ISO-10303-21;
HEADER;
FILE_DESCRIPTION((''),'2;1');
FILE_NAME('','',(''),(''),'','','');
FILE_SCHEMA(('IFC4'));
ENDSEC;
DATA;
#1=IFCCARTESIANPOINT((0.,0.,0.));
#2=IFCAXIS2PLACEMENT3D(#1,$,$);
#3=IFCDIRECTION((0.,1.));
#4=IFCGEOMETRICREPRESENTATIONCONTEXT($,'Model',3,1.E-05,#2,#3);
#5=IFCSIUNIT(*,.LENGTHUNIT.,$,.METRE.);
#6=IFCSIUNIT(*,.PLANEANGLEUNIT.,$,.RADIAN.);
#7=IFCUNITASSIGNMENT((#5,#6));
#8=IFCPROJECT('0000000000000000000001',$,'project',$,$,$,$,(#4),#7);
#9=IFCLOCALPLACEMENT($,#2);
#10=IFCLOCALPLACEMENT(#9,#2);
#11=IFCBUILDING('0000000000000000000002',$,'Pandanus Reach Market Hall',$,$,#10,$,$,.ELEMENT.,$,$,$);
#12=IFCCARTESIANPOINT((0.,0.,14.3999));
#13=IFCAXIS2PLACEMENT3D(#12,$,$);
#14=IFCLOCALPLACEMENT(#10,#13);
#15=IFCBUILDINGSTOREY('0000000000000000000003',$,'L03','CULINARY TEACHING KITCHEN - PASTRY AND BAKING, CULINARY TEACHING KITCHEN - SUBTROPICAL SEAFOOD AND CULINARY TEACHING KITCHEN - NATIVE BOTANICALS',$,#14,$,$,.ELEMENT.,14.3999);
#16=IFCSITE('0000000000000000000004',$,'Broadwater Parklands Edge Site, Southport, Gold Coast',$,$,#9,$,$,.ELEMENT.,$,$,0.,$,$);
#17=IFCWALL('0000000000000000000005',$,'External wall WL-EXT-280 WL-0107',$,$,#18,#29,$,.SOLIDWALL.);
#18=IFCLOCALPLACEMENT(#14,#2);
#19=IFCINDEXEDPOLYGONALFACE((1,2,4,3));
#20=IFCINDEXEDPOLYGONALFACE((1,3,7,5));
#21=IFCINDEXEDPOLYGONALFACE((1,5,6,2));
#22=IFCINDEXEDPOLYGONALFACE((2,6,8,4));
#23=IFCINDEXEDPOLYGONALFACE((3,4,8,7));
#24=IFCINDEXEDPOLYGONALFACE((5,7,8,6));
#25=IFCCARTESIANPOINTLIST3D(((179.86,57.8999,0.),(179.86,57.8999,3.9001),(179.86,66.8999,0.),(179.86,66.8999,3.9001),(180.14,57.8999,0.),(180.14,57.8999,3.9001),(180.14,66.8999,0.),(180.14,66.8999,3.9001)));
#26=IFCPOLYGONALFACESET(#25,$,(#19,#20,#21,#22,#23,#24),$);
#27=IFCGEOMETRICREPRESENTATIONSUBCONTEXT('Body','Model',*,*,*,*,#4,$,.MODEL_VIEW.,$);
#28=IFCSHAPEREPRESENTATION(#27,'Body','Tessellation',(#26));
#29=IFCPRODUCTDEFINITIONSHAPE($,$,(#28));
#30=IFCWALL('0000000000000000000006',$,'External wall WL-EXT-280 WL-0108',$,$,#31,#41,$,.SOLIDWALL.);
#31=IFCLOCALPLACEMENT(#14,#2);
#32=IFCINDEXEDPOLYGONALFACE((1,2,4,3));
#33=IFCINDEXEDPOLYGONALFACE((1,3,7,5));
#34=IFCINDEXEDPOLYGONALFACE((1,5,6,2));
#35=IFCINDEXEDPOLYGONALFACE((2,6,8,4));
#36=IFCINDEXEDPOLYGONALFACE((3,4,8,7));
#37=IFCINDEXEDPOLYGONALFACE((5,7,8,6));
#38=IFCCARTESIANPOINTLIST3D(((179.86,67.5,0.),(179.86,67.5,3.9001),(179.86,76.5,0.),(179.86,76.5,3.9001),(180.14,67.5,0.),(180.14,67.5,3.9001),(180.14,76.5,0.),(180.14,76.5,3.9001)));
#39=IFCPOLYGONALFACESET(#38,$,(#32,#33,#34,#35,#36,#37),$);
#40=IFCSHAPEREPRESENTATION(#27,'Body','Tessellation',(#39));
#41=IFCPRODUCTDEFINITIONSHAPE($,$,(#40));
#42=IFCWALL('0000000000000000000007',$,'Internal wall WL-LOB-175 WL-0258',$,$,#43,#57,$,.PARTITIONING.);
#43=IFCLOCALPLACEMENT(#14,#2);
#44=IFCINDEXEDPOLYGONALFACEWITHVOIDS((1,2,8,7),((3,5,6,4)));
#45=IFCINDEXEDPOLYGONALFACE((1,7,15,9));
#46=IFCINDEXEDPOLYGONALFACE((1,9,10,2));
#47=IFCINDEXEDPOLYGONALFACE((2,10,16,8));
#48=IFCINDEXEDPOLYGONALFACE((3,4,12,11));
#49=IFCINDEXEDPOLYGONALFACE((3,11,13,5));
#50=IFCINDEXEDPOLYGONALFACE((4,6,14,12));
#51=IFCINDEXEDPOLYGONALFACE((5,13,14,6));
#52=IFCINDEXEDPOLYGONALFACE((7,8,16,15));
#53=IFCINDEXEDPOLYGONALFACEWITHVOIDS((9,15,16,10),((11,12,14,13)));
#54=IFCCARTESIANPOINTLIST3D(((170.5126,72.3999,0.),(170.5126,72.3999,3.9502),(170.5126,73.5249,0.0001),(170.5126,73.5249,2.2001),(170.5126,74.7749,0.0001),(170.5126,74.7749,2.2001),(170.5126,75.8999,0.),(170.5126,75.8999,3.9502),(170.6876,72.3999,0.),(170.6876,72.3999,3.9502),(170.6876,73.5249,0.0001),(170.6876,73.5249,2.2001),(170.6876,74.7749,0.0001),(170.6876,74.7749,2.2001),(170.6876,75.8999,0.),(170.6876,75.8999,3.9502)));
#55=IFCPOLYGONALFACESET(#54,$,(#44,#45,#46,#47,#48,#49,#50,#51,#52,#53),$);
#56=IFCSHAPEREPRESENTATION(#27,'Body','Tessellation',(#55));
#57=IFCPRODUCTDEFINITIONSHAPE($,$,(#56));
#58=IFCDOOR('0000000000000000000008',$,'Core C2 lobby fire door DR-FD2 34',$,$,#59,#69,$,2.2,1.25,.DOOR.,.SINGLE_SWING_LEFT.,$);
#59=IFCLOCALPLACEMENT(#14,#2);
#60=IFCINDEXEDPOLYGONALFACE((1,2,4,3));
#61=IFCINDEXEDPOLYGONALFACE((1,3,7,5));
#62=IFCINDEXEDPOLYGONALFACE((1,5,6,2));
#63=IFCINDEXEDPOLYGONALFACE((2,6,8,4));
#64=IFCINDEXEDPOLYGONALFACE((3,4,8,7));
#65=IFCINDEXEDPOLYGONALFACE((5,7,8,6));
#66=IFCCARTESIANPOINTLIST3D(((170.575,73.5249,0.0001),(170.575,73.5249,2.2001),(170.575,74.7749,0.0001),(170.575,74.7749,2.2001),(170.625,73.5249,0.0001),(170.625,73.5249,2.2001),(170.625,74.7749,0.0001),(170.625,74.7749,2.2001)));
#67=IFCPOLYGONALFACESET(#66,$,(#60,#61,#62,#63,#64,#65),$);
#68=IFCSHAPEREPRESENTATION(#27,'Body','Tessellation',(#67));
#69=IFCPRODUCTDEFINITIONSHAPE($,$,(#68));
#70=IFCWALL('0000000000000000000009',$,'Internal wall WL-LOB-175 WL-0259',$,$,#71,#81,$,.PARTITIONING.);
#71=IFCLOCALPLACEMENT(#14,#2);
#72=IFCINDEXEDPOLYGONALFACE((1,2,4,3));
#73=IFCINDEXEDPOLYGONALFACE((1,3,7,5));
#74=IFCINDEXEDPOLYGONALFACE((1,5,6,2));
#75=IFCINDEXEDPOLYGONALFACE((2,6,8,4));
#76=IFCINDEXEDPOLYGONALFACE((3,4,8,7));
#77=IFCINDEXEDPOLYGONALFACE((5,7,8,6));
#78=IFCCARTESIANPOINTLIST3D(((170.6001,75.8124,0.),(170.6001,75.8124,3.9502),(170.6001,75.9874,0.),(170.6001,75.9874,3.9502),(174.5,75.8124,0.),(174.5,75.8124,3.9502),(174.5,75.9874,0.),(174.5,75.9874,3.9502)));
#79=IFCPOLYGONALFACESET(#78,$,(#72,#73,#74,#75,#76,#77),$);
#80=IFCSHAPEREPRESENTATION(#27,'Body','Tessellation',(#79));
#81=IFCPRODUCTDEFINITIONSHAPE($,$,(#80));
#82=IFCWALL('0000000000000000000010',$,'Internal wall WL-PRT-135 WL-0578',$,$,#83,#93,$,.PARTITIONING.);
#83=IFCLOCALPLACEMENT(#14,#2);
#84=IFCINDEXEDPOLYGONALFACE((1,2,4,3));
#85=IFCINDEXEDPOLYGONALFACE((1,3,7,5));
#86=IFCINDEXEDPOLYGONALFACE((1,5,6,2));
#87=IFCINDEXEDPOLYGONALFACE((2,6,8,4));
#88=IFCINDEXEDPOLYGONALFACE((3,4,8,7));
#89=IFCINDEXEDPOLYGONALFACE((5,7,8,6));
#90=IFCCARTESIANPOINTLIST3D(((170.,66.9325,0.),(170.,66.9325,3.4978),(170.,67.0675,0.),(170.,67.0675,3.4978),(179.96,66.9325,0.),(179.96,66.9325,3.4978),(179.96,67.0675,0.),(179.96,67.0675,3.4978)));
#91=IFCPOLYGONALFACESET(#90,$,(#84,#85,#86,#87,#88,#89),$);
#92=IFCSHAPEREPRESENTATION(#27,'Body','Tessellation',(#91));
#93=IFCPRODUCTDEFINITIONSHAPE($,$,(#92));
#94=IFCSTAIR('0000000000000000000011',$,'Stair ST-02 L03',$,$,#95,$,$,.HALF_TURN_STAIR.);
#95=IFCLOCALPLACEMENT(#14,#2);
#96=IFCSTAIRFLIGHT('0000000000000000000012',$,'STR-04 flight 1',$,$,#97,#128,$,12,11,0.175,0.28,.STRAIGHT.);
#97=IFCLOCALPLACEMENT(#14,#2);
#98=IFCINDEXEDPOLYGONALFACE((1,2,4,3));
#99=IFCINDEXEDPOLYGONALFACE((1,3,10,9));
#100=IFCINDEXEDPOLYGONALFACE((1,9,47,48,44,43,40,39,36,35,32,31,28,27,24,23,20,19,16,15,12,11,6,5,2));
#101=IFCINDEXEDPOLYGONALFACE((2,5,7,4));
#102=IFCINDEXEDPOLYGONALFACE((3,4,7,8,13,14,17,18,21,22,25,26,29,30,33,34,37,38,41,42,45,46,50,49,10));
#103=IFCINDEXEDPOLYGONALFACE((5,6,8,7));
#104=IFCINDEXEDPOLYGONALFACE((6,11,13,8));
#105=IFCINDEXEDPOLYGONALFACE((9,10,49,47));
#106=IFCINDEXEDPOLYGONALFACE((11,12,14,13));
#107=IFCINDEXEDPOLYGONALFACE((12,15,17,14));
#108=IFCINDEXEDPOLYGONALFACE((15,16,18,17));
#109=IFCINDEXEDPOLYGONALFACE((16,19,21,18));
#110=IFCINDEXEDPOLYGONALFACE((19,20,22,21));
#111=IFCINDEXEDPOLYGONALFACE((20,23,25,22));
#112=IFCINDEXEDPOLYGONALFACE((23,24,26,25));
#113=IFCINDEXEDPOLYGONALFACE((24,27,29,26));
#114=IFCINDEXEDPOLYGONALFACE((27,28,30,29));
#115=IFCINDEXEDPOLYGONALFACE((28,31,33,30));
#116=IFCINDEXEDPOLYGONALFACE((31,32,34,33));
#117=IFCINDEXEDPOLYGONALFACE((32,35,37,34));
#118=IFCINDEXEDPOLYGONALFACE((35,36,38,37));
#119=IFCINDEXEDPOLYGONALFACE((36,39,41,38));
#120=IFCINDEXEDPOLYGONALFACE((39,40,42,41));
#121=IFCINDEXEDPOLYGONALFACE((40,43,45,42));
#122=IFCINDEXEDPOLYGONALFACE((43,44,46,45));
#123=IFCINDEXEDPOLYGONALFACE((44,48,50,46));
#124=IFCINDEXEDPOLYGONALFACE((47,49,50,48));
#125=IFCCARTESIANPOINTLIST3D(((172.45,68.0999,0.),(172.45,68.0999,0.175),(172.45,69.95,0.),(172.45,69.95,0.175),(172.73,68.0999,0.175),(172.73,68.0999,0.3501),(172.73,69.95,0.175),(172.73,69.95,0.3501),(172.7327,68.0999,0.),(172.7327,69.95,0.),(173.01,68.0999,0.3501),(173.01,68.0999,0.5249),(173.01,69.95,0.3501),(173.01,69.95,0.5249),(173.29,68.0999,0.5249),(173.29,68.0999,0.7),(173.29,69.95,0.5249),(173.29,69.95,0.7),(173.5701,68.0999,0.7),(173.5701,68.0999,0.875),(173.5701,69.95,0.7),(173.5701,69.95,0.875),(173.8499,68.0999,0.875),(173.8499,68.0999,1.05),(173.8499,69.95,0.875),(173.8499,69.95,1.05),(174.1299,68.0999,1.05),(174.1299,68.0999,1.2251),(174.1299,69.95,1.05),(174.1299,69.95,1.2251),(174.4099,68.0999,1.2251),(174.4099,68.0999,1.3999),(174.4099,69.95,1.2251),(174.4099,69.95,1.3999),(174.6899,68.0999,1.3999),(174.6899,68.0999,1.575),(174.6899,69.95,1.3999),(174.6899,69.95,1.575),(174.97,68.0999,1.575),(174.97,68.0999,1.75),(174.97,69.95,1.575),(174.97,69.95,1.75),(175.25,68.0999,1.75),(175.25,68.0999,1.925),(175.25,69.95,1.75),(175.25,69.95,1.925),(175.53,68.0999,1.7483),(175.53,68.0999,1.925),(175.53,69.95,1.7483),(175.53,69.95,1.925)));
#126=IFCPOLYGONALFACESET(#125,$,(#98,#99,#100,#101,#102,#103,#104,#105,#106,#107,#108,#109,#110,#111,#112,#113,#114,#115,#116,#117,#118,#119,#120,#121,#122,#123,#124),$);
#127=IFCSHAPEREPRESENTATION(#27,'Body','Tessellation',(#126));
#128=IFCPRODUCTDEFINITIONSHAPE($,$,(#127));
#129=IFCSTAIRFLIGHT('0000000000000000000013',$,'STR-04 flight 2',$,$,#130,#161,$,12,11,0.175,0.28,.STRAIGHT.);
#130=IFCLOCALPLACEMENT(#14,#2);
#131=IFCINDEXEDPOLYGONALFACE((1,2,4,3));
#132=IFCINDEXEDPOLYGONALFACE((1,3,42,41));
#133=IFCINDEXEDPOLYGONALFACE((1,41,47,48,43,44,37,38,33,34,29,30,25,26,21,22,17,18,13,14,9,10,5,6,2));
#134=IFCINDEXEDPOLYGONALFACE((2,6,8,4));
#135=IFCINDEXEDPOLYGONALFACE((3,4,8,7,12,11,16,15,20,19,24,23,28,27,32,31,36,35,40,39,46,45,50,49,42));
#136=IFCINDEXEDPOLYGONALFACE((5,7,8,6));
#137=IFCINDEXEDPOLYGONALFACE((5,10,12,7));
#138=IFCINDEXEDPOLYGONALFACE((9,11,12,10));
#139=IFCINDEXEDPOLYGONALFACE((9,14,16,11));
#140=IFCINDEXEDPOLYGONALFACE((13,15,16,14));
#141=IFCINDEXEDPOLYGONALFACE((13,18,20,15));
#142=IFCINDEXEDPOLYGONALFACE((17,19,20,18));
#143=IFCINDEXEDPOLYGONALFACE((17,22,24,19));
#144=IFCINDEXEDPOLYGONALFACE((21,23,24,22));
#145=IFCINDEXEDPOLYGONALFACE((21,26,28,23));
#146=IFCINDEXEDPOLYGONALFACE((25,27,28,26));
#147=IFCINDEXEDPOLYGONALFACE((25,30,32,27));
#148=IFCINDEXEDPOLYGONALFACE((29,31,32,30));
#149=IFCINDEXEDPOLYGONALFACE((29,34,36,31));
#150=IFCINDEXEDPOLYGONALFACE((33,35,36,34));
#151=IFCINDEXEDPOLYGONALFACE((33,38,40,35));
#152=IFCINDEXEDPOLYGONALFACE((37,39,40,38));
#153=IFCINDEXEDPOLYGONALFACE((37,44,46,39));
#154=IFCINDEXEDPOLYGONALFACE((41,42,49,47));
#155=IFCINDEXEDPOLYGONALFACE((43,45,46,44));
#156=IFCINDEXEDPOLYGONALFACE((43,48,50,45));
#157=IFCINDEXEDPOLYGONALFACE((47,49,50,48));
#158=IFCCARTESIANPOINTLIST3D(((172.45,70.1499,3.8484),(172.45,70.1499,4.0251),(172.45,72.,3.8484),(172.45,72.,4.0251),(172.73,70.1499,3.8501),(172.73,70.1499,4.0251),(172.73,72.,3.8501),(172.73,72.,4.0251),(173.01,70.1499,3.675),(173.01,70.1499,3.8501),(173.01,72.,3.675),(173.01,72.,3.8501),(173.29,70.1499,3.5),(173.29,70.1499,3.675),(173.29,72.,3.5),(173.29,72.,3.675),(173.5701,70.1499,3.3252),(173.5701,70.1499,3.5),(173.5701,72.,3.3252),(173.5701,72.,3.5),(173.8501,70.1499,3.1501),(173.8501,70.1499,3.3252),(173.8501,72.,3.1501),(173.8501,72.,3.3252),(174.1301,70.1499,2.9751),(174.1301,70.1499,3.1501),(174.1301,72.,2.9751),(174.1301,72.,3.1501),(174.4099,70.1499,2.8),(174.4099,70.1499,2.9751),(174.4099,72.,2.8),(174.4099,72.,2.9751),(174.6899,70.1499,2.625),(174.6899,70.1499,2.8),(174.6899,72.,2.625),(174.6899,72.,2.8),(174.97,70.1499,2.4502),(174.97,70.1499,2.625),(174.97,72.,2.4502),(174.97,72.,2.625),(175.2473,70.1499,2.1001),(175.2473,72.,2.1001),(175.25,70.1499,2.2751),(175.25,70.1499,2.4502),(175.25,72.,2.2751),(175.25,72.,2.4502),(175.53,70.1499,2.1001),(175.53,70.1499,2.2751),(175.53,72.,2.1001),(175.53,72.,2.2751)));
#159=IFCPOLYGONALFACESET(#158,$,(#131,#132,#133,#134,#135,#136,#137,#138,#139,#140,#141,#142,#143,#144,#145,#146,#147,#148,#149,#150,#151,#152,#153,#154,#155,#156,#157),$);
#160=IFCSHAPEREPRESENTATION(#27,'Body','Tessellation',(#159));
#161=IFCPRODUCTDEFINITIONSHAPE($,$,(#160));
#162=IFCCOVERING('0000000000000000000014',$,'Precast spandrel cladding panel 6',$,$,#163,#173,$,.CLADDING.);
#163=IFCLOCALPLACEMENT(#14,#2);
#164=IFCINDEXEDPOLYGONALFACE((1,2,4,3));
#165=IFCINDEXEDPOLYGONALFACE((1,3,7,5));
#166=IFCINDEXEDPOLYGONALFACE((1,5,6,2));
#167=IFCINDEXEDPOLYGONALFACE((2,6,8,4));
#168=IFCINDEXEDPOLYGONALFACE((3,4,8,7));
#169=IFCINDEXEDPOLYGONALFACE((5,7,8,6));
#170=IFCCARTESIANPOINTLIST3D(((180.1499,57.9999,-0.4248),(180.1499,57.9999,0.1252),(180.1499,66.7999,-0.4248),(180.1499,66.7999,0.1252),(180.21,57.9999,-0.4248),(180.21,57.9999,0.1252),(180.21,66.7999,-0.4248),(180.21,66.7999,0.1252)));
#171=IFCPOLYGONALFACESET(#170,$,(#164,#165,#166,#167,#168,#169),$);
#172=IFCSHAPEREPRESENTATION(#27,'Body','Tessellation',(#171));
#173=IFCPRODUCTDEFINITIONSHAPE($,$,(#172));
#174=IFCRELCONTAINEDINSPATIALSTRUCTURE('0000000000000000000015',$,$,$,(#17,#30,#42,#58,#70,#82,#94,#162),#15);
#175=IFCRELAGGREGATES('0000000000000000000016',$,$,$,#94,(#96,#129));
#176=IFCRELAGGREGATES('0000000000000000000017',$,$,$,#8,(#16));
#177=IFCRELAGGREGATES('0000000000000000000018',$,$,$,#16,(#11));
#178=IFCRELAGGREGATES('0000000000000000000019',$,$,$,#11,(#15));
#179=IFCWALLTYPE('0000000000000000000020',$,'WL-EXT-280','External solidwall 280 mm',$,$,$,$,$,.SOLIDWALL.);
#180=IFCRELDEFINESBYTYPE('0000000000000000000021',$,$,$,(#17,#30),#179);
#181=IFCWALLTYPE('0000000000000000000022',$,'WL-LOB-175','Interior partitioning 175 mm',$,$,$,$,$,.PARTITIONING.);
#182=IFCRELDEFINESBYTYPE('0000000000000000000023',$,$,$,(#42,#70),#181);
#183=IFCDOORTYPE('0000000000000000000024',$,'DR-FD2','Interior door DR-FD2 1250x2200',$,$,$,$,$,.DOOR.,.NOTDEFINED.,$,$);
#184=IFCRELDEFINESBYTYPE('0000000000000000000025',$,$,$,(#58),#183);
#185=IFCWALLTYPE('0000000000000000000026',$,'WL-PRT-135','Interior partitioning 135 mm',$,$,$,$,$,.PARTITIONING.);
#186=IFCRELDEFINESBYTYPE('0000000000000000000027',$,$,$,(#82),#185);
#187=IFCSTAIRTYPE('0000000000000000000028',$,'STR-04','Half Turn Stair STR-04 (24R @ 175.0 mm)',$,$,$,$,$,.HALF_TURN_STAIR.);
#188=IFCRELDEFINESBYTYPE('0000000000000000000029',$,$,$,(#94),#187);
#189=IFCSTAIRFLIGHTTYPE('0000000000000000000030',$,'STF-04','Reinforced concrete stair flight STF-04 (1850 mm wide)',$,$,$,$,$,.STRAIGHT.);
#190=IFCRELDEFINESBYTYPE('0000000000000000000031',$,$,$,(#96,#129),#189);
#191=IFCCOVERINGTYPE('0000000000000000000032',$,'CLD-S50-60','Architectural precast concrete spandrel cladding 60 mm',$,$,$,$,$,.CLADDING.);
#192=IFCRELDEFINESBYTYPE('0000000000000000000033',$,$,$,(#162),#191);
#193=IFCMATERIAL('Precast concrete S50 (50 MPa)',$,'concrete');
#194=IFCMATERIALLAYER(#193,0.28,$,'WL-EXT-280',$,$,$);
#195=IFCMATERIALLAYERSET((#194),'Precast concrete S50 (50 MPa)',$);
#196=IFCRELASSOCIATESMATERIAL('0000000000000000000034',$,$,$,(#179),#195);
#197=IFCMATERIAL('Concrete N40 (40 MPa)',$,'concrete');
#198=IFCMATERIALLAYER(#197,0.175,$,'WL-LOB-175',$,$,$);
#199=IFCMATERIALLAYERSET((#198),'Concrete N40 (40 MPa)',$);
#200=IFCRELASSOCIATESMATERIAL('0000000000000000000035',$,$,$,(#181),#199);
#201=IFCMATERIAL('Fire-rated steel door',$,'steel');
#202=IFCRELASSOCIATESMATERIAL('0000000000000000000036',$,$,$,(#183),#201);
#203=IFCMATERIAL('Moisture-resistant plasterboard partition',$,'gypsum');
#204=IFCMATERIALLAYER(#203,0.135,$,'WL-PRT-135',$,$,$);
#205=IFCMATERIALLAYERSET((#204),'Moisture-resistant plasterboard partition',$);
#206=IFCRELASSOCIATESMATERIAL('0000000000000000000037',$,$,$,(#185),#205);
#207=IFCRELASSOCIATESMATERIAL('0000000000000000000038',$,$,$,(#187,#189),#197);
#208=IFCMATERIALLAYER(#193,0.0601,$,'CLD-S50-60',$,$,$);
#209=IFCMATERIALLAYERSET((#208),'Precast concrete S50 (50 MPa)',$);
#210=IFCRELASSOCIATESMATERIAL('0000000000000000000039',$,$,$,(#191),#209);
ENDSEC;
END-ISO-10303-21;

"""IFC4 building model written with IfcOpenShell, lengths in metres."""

from ifc_helpers import new_model, si_unit, direction, frame, frame_2d, origin, origin_2d, place, context, subcontext, project, spatial, polyline, rectangle, outline, extrude, material, layer, layer_set, type_object, element, fill, aggregate, save


model = new_model("IFC4")

# Units and contexts
model_context = context("Model", 3, precision=1e-05, world=origin(), true_north=direction((0.0, 1.0)))
body_context = subcontext(model_context, "Body", "Model", "MODEL_VIEW")
ifc_project = project(units=[si_unit("LENGTHUNIT", "METRE"), si_unit("PLANEANGLEUNIT", "RADIAN")], contexts=[model_context])

# Site, building, storey
site_placement = place(None, origin())
site = spatial("IfcSite", under=ifc_project, at=site_placement, Name="Broadwater Parklands Edge Site, Southport, Gold Coast", CompositionType="ELEMENT", RefElevation=0.0)
building_placement = place(site_placement, origin())
building = spatial("IfcBuilding", under=site, at=building_placement, Name="Pandanus Reach Market Hall", CompositionType="ELEMENT")
storey_placement = place(building_placement, frame((0.0, 0.0, 14.3999)))
storey = spatial("IfcBuildingStorey", under=building, at=storey_placement, Name="L03", Description="CULINARY TEACHING KITCHEN - PASTRY AND BAKING, CULINARY TEACHING KITCHEN - SUBTROPICAL SEAFOOD AND CULINARY TEACHING KITCHEN - NATIVE BOTANICALS", CompositionType="ELEMENT", Elevation=14.3999)

# Shared definitions
ifc_material_1 = material(Name="Concrete N40 (40 MPa)", Category="concrete")

# Shared definitions
ifc_material_2 = material(Name="Fire-rated steel door", Category="steel")

# Walls
ifc_material_3 = material(Name="Precast concrete S50 (50 MPa)", Category="concrete")
ifc_layer_1 = layer(ifc_material_3, 0.28, Name="WL-EXT-280")
ifc_layer_set_1 = layer_set([ifc_layer_1], Name="Precast concrete S50 (50 MPa)")
wall_type_1 = type_object("IfcWallType", Name="WL-EXT-280", Description="External solidwall 280 mm", PredefinedType="SOLIDWALL", material=ifc_layer_set_1)
for number, where, z_axis, x_axis, name in (
    (1, (180.0, 57.8999, 0.0), (0.0, 0.0, 1.0), (0.0, 1.0, 0.0), "External wall WL-EXT-280 WL-0107"),
    (2, (180.0, 67.5, 0.0), (0.0, 0.0, 1.0), (0.0, 1.0, 0.0), "External wall WL-EXT-280 WL-0108"),
):
    element("IfcWall", number, at=place(storey_placement, frame(where, z_axis=z_axis, x_axis=x_axis)), inside=storey, type_object=wall_type_1, Name=name, PredefinedType="SOLIDWALL", context=body_context, shape_type="SweptSolid", body=[
        extrude(rectangle(XDim=9.0, YDim=0.28, at=frame_2d((4.5, 0.0))), origin(), (0.0, 0.0, 1.0), 3.9001),
    ])

# Wall, opening, door
ifc_layer_2 = layer(ifc_material_1, 0.175, Name="WL-LOB-175")
ifc_layer_set_2 = layer_set([ifc_layer_2], Name="Concrete N40 (40 MPa)")
wall_type_2 = type_object("IfcWallType", Name="WL-LOB-175", Description="Interior partitioning 175 mm", PredefinedType="PARTITIONING", material=ifc_layer_set_2)
wall_1_placement = place(storey_placement, frame((170.6001, 72.3999, 0.0), z_axis=(0.0, 0.0, 1.0), x_axis=(0.0, 1.0, 0.0)))
wall_1 = element("IfcWall", 3, at=wall_1_placement, inside=storey, type_object=wall_type_2, Name="Internal wall WL-LOB-175 WL-0258", PredefinedType="PARTITIONING", context=body_context, shape_type="SweptSolid", body=[
    extrude(rectangle(XDim=3.5, YDim=0.175, at=frame_2d((1.75, 0.0))), origin(), (0.0, 0.0, 1.0), 3.9502),
])
opening_1_placement = place(wall_1_placement, frame((1.125, 0.0, 0.0)))
opening_1 = element("IfcOpeningElement", 4, at=opening_1_placement, cuts=wall_1, PredefinedType="OPENING", context=body_context, shape_type="SweptSolid", body=[
    extrude(rectangle(XDim=1.25, YDim=2.2, at=frame_2d((0.625, 1.1001))), frame((0.0, 0.1025, 0.0), z_axis=(0.0, -1.0, 0.0), x_axis=(1.0, 0.0, 0.0)), (0.0, 0.0, 1.0), 0.2051),
])
door_type_1 = type_object("IfcDoorType", Name="DR-FD2", Description="Interior door DR-FD2 1250x2200", OperationType="NOTDEFINED", PredefinedType="DOOR", material=ifc_material_2)
door_1_placement = place(opening_1_placement, frame((1.25, 0.0, 0.0), z_axis=(0.0, 0.0, 1.0), x_axis=(-1.0, 0.0, 0.0)))
door_1 = element("IfcDoor", 5, at=door_1_placement, inside=storey, type_object=door_type_1, Name="Core C2 lobby fire door DR-FD2 34", OperationType="SINGLE_SWING_LEFT", OverallHeight=2.2, OverallWidth=1.25, PredefinedType="DOOR", context=body_context, shape_type="SweptSolid", body=[
    extrude(rectangle(XDim=1.25, YDim=2.2, at=frame_2d((0.625, 1.1001))), frame((0.0, 0.0249, 0.0), z_axis=(0.0, -1.0, 0.0), x_axis=(1.0, 0.0, 0.0)), (0.0, 0.0, 1.0), 0.05),
])
fill(opening_1, door_1)

# Walls
wall_2_placement = place(storey_placement, frame((170.6001, 75.8999, 0.0), z_axis=(0.0, 0.0, 1.0), x_axis=(1.0, 0.0, 0.0)))
element("IfcWall", 6, at=wall_2_placement, inside=storey, type_object=wall_type_2, Name="Internal wall WL-LOB-175 WL-0259", PredefinedType="PARTITIONING", context=body_context, shape_type="SweptSolid", body=[
    extrude(rectangle(XDim=3.8999, YDim=0.175, at=frame_2d((1.95, 0.0))), origin(), (0.0, 0.0, 1.0), 3.9502),
])
ifc_material_4 = material(Name="Moisture-resistant plasterboard partition", Category="gypsum")
ifc_layer_3 = layer(ifc_material_4, 0.135, Name="WL-PRT-135")
ifc_layer_set_3 = layer_set([ifc_layer_3], Name="Moisture-resistant plasterboard partition")
wall_type_3 = type_object("IfcWallType", Name="WL-PRT-135", Description="Interior partitioning 135 mm", PredefinedType="PARTITIONING", material=ifc_layer_set_3)
wall_3_placement = place(storey_placement, frame((170.0, 67.0, 0.0), z_axis=(0.0, 0.0, 1.0), x_axis=(1.0, 0.0, 0.0)))
element("IfcWall", 7, at=wall_3_placement, inside=storey, type_object=wall_type_3, Name="Internal wall WL-PRT-135 WL-0578", PredefinedType="PARTITIONING", context=body_context, shape_type="SweptSolid", body=[
    extrude(rectangle(XDim=9.96, YDim=0.135, at=frame_2d((4.98, 0.0))), origin(), (0.0, 0.0, 1.0), 3.4978),
])

# Stair, stair flights
stair_type = type_object("IfcStairType", Name="STR-04", Description="Half Turn Stair STR-04 (24R @ 175.0 mm)", PredefinedType="HALF_TURN_STAIR", material=ifc_material_1)
stair_placement = place(storey_placement, origin())
stair = element("IfcStair", 8, at=stair_placement, inside=storey, type_object=stair_type, Name="Stair ST-02 L03", PredefinedType="HALF_TURN_STAIR")
stair_flight_type = type_object("IfcStairFlightType", Name="STF-04", Description="Reinforced concrete stair flight STF-04 (1850 mm wide)", PredefinedType="STRAIGHT", material=ifc_material_1)
stair_flight_1_placement = place(storey_placement, frame((172.45, 69.0249, 0.0), z_axis=(0.0, 0.0, 1.0), x_axis=(1.0, 0.0, 0.0)))
stair_flight_1 = element("IfcStairFlight", 9, at=stair_flight_1_placement, type_object=stair_flight_type, Name="STR-04 flight 1", NumberOfRisers=12, NumberOfTreads=11, PredefinedType="STRAIGHT", RiserHeight=0.175, TreadLength=0.28, context=body_context, shape_type="SweptSolid", body=[
    extrude(outline(polyline([(0.0, 0.0), (0.0, 0.175), (0.28, 0.175), (0.28, 0.3501), (0.5601, 0.3501), (0.5601, 0.5249), (0.8401, 0.5249), (0.8401, 0.7), (1.1201, 0.7), (1.1201, 0.875), (1.3999, 0.875), (1.3999, 1.05), (1.6799, 1.05), (1.6799, 1.2251), (1.96, 1.2251), (1.96, 1.3999), (2.24, 1.3999), (2.24, 1.575), (2.52, 1.575), (2.52, 1.75), (2.8, 1.75), (2.8, 1.925), (3.0801, 1.925), (3.0801, 2.1001), (3.0801, 1.7483), (0.2827, 0.0), (0.0, 0.0)])), frame((0.0, 0.925, 0.0), z_axis=(0.0, -1.0, 0.0), x_axis=(1.0, 0.0, 0.0)), (0.0, 0.0, 1.0), 1.8501),
])
stair_flight_2_placement = place(storey_placement, frame((175.53, 71.075, 2.1001), z_axis=(0.0, 0.0, 1.0), x_axis=(-1.0, 0.0, 0.0)))
stair_flight_2 = element("IfcStairFlight", 10, at=stair_flight_2_placement, type_object=stair_flight_type, Name="STR-04 flight 2", NumberOfRisers=12, NumberOfTreads=11, PredefinedType="STRAIGHT", RiserHeight=0.175, TreadLength=0.28, context=body_context, shape_type="SweptSolid", body=[
    extrude(outline(polyline([(0.0, 0.0), (0.0, 0.175), (0.28, 0.175), (0.28, 0.3501), (0.5601, 0.3501), (0.5601, 0.5249), (0.8401, 0.5249), (0.8401, 0.7), (1.1201, 0.7), (1.1201, 0.875), (1.3999, 0.875), (1.3999, 1.05), (1.6799, 1.05), (1.6799, 1.2251), (1.96, 1.2251), (1.96, 1.3999), (2.24, 1.3999), (2.24, 1.575), (2.52, 1.575), (2.52, 1.75), (2.8, 1.75), (2.8, 1.925), (3.0801, 1.925), (3.0801, 2.1001), (3.0801, 1.7483), (0.2827, 0.0), (0.0, 0.0)])), frame((0.0, 0.925, 0.0), z_axis=(0.0, -1.0, 0.0), x_axis=(1.0, 0.0, 0.0)), (0.0, 0.0, 1.0), 1.8501),
])
aggregate(stair, [stair_flight_1, stair_flight_2])

# Covering
ifc_layer_4 = layer(ifc_material_3, 0.0601, Name="CLD-S50-60")
ifc_layer_set_4 = layer_set([ifc_layer_4], Name="Precast concrete S50 (50 MPa)")
covering_type = type_object("IfcCoveringType", Name="CLD-S50-60", Description="Architectural precast concrete spandrel cladding 60 mm", PredefinedType="CLADDING", material=ifc_layer_set_4)
covering_placement = place(storey_placement, frame((180.1799, 62.3999, -0.4248), z_axis=(0.0, 0.0, 1.0), x_axis=(0.0, 1.0, 0.0)))
element("IfcCovering", 11, at=covering_placement, inside=storey, type_object=covering_type, Name="Precast spandrel cladding panel 6", PredefinedType="CLADDING", context=body_context, shape_type="SweptSolid", body=[
    extrude(rectangle(XDim=8.8, YDim=0.0601, at=origin_2d()), origin(), (0.0, 0.0, 1.0), 0.55),
])

save(model, "model.ifc")
